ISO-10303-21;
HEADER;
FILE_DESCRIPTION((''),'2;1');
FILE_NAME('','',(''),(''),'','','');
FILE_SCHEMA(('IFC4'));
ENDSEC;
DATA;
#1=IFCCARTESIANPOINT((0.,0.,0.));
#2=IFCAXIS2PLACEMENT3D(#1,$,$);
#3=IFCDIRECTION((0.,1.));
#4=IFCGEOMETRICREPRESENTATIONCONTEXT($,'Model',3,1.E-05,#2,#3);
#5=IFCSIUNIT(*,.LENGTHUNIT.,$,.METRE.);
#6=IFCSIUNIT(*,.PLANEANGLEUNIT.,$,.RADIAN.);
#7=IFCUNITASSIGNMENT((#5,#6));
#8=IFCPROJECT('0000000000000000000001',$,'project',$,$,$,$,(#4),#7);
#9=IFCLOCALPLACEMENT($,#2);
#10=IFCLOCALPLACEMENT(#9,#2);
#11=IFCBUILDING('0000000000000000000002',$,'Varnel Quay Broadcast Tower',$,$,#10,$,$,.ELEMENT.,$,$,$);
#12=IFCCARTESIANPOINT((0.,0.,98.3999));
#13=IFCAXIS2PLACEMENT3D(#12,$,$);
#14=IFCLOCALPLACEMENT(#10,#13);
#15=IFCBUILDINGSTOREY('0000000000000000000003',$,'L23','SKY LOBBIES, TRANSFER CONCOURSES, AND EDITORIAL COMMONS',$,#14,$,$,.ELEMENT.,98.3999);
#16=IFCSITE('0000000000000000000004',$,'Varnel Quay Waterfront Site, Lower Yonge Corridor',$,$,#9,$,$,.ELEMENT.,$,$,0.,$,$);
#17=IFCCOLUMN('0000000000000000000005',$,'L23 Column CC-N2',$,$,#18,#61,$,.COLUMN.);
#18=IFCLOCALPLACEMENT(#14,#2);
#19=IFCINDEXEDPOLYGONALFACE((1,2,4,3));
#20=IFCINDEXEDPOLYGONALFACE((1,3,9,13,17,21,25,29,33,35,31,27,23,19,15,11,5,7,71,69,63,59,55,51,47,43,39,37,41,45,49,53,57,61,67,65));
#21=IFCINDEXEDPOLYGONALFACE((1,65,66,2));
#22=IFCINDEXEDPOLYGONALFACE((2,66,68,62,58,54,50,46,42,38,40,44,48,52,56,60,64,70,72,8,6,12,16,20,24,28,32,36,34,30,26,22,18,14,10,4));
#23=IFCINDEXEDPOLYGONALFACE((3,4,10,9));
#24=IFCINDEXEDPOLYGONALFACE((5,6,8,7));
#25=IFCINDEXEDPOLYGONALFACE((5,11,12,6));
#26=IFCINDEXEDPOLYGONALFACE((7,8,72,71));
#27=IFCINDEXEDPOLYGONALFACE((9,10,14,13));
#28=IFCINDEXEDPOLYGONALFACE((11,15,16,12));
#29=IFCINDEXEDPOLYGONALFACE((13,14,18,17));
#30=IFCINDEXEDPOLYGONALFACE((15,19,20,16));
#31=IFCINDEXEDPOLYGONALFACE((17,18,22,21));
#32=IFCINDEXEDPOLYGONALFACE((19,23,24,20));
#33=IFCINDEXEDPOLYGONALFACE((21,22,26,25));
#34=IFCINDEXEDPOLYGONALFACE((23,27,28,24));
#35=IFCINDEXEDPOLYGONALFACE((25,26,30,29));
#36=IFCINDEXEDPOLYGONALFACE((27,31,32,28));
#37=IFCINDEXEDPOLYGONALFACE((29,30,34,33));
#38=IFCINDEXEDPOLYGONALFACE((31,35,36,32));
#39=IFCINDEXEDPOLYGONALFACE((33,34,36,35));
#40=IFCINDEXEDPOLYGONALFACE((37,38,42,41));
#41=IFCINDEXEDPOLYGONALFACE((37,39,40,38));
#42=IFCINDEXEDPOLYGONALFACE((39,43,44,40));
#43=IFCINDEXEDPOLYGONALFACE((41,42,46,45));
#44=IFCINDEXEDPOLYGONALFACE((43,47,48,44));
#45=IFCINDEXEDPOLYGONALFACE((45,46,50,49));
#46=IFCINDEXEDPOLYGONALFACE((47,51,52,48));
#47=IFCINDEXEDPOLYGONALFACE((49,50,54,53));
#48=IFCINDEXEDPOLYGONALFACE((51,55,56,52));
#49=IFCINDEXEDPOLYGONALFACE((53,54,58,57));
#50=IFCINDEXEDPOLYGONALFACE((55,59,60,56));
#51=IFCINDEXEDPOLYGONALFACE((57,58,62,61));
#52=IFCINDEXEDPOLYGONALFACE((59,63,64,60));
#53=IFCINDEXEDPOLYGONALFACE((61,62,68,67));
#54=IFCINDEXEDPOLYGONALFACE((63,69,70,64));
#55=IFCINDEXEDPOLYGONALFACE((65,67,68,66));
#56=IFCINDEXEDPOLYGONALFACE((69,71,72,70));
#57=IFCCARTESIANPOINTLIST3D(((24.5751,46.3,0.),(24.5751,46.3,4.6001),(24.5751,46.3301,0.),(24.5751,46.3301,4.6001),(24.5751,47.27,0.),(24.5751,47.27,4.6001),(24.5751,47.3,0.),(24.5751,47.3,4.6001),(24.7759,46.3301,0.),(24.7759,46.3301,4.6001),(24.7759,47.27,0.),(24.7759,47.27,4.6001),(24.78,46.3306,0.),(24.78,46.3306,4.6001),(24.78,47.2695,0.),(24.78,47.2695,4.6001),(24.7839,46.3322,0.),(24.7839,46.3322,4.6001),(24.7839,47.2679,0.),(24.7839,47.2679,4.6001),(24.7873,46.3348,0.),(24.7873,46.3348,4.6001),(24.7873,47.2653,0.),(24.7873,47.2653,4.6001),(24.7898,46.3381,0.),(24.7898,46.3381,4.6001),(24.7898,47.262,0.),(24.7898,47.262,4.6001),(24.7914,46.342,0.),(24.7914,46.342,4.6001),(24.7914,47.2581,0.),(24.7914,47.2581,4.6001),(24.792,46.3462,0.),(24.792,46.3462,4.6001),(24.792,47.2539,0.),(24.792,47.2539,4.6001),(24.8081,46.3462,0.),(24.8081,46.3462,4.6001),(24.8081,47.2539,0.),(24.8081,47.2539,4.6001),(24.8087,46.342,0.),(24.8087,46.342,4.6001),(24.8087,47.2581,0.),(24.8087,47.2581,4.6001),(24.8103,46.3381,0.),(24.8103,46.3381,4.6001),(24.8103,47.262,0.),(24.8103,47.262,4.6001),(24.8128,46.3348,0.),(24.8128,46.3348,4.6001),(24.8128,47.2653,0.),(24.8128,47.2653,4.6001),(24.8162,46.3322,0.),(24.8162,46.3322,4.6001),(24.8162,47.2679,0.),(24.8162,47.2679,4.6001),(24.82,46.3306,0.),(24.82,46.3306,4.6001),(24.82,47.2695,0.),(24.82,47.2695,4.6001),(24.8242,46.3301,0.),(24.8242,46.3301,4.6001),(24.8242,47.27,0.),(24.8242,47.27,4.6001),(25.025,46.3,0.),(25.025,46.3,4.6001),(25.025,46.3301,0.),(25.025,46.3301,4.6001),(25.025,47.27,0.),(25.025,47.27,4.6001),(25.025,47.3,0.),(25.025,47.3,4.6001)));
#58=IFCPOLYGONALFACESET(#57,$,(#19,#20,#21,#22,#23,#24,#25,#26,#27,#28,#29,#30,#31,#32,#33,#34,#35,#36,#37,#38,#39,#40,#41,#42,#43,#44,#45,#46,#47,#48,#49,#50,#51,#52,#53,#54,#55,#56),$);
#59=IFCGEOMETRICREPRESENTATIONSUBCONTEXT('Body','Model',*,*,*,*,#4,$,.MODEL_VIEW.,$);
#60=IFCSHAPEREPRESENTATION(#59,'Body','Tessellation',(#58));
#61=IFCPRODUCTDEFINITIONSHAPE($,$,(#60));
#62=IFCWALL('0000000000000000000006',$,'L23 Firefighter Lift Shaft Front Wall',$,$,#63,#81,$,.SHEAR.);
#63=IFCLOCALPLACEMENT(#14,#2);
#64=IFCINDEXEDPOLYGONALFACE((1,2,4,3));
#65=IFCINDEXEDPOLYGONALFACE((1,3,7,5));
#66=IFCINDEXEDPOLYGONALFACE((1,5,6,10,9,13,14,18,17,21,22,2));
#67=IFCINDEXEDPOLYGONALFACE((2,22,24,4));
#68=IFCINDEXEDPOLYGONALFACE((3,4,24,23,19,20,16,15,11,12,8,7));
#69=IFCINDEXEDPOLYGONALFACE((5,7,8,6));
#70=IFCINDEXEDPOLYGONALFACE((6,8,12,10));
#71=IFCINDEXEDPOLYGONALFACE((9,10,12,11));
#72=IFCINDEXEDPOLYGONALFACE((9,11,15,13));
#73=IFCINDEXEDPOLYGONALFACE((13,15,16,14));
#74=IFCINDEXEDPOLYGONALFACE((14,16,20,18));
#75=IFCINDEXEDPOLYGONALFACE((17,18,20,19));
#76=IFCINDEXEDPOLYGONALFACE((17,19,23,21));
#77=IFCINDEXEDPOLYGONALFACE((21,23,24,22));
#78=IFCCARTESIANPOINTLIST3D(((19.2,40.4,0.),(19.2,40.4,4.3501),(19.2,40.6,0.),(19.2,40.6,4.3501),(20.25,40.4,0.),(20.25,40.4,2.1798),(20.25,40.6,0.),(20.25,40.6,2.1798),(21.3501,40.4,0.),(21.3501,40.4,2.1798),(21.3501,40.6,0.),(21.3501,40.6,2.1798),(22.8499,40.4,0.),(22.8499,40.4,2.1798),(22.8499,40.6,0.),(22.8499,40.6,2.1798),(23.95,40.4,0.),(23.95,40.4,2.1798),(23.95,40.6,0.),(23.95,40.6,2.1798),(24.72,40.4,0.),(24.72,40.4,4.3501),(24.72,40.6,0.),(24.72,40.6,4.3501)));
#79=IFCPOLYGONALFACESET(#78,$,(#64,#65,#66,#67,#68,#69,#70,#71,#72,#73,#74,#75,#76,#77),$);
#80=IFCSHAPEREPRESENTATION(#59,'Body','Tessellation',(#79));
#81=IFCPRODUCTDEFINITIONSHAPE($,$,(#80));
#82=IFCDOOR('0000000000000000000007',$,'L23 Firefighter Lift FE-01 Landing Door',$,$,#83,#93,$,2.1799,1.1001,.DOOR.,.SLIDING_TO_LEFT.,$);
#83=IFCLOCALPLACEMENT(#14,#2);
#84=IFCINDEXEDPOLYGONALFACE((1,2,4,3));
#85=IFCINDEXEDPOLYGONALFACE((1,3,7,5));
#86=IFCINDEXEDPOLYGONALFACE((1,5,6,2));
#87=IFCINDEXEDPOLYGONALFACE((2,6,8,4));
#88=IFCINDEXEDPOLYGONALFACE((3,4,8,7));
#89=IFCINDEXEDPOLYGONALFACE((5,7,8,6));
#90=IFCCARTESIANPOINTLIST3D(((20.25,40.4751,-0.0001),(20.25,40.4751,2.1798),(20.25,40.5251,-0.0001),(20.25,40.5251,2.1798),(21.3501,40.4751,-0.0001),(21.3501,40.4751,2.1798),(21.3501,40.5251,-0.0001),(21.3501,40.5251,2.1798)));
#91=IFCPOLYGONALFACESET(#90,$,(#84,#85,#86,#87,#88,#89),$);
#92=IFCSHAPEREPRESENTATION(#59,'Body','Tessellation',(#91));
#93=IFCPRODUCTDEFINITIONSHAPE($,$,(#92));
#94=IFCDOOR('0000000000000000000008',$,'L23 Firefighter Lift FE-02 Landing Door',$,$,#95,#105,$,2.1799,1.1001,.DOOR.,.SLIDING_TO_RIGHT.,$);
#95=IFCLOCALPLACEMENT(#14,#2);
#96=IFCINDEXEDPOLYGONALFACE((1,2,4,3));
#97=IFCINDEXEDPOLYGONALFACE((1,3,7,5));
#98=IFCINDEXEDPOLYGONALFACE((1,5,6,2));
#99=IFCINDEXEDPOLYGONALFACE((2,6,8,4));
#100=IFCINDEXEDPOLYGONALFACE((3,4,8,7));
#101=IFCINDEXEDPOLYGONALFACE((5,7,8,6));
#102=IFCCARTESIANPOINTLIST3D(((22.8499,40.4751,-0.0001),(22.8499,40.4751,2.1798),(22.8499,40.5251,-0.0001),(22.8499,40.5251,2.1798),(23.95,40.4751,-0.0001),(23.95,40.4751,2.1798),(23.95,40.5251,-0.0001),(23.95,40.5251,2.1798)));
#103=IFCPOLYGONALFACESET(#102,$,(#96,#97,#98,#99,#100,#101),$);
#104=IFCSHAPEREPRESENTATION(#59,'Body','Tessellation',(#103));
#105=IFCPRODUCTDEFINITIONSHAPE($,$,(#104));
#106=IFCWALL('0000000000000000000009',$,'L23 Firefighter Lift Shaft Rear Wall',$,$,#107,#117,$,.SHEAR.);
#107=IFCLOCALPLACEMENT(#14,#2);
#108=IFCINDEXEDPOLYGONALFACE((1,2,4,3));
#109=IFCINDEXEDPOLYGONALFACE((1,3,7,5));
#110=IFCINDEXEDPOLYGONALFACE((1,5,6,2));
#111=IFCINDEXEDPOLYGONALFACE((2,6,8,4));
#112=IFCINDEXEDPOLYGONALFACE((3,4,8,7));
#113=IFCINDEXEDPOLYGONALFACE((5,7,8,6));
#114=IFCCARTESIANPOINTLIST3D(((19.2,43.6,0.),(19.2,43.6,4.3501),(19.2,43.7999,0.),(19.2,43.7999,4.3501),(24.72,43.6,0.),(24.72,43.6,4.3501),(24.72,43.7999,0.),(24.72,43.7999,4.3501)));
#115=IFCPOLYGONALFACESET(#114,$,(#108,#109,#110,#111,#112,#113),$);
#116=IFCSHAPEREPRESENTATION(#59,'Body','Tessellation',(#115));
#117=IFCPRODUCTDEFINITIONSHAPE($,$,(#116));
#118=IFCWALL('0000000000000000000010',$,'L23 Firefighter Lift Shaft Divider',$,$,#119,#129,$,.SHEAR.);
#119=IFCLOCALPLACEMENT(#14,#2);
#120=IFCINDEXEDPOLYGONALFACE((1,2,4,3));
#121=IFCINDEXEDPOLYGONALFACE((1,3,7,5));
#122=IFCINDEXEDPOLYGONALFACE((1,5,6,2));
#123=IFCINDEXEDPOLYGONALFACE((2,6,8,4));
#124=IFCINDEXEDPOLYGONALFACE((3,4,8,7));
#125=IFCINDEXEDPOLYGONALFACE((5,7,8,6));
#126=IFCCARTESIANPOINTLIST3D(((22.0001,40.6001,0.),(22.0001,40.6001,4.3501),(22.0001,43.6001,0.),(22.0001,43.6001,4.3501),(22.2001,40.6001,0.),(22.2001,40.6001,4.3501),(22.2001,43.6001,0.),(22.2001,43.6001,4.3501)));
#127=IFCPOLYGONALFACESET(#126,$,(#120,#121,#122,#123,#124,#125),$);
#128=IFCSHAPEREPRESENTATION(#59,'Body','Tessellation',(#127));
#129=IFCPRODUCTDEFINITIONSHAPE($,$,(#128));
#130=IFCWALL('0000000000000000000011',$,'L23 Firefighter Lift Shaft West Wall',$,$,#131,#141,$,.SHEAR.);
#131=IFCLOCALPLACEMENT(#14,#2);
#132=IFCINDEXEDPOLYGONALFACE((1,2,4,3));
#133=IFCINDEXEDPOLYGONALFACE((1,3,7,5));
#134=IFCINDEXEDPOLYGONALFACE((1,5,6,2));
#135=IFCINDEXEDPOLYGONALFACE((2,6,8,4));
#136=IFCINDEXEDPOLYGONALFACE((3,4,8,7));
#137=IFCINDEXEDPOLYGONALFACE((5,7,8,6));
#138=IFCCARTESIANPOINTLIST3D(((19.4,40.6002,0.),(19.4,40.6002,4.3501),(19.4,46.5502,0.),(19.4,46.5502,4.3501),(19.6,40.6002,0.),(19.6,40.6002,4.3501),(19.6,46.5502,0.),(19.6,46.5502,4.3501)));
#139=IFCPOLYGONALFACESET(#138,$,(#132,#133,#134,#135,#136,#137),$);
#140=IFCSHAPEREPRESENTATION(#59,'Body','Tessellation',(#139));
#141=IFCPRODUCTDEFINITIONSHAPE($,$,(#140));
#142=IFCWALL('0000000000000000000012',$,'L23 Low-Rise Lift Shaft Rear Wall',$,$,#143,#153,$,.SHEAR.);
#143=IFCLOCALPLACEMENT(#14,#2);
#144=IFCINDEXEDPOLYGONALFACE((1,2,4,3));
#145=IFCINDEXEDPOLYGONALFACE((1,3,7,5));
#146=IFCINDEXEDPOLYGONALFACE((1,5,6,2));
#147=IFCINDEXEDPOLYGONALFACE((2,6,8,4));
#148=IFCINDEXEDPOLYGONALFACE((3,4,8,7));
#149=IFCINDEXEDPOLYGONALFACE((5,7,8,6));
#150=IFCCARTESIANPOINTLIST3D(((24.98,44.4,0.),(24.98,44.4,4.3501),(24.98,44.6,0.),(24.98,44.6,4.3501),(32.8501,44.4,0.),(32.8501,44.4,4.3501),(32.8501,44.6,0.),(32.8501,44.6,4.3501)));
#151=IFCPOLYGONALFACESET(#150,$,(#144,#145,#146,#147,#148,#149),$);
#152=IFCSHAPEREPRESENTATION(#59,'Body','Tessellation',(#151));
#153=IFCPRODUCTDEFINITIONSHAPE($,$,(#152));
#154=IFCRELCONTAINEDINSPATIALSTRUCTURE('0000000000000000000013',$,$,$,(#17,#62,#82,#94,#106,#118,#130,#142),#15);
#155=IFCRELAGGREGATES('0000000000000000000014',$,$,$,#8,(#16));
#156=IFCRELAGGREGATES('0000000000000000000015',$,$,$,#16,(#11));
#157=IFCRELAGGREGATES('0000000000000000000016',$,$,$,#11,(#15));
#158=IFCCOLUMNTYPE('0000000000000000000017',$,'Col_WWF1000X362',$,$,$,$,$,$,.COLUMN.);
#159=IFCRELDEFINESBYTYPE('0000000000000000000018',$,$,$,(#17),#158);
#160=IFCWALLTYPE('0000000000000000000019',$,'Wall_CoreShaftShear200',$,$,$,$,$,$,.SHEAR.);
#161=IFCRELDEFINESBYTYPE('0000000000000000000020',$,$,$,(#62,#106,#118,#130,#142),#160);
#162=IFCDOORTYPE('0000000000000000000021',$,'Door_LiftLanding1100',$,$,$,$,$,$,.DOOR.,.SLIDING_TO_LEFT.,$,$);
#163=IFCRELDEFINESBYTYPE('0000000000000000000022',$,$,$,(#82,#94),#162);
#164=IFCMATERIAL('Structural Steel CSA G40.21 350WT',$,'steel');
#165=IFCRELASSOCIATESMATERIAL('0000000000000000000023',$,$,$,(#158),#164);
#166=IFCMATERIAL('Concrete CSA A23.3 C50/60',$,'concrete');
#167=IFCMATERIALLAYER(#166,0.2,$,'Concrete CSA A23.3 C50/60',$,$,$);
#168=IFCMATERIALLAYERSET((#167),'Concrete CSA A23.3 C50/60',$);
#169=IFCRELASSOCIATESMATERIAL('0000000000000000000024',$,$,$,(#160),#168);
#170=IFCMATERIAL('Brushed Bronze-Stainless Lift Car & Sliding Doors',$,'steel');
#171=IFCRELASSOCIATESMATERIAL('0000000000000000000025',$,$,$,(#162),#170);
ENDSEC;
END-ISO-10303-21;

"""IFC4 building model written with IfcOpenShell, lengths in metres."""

from ifc_helpers import new_model, si_unit, direction, frame, frame_2d, origin, origin_2d, place, context, subcontext, project, spatial, rectangle, i_section, extrude, source, transform, mapped, material, layer, layer_set, material_profile, profile_set, type_object, type_shapes, element, fill, save


model = new_model("IFC4")

# Units and contexts
model_context = context("Model", 3, precision=1e-05, world=origin(), true_north=direction((0.0, 1.0)))
body_context = subcontext(model_context, "Body", "Model", "MODEL_VIEW")
ifc_project = project(units=[si_unit("LENGTHUNIT", "METRE"), si_unit("PLANEANGLEUNIT", "RADIAN")], contexts=[model_context])

# Site, building, storey
site_placement = place(None, origin())
site = spatial("IfcSite", under=ifc_project, at=site_placement, Name="Varnel Quay Waterfront Site, Lower Yonge Corridor", CompositionType="ELEMENT", RefElevation=0.0)
building_placement = place(site_placement, origin())
building = spatial("IfcBuilding", under=site, at=building_placement, Name="Varnel Quay Broadcast Tower", CompositionType="ELEMENT")
storey_placement = place(building_placement, frame((0.0, 0.0, 98.3999)))
storey = spatial("IfcBuildingStorey", under=building, at=storey_placement, Name="L23", Description="SKY LOBBIES, TRANSFER CONCOURSES, AND EDITORIAL COMMONS", CompositionType="ELEMENT", Elevation=98.3999)

# Column
ifc_material_1 = material(Name="Structural Steel CSA G40.21 350WT", Category="steel")
ifc_material_profile = material_profile(ifc_material_1, i_section(OverallWidth=0.45, OverallDepth=1.0, WebThickness=0.0161, FlangeThickness=0.03, FilletRadius=0.0161, at=origin_2d()), Name="WWF1000X362")
ifc_profile_set = profile_set([ifc_material_profile], Name="Structural Steel CSA G40.21 350WT")
column_type = type_object("IfcColumnType", Name="Col_WWF1000X362", PredefinedType="COLUMN", material=ifc_profile_set)
shared_shape_1 = source(origin(), body_context, "Body", "SweptSolid", [
    extrude(i_section(OverallWidth=0.45, OverallDepth=1.0, WebThickness=0.0161, FlangeThickness=0.03, FilletRadius=0.0161, at=origin_2d()), origin(), (0.0, 0.0, 1.0), 4.6001),
])
type_shapes(column_type, [shared_shape_1])
column_placement = place(storey_placement, frame((24.8, 46.8, 0.0), z_axis=(0.0, 0.0, 1.0), x_axis=(1.0, 0.0, 0.0)))
element("IfcColumn", 1, at=column_placement, inside=storey, type_object=column_type, Name="L23 Column CC-N2", PredefinedType="COLUMN", context=body_context, shape_type="MappedRepresentation", body=[
    mapped(shared_shape_1, transform((0.0, 0.0, 0.0), x_axis=(1.0, 0.0, 0.0), y_axis=(0.0, 1.0, 0.0), z_axis=(0.0, 0.0, 1.0), scale=1.0)),
])

# Wall, openings, doors
ifc_material_2 = material(Name="Concrete CSA A23.3 C50/60", Category="concrete")
ifc_layer_1 = layer(ifc_material_2, 0.2, Name="Concrete CSA A23.3 C50/60")
ifc_layer_set_1 = layer_set([ifc_layer_1], Name="Concrete CSA A23.3 C50/60")
wall_type_1 = type_object("IfcWallType", Name="Wall_CoreShaftShear200", PredefinedType="SHEAR", material=ifc_layer_set_1)
wall_1_placement = place(storey_placement, frame((19.2, 40.5, 0.0), z_axis=(0.0, 0.0, 1.0), x_axis=(1.0, 0.0, 0.0)))
wall_1 = element("IfcWall", 2, at=wall_1_placement, inside=storey, type_object=wall_type_1, Name="L23 Firefighter Lift Shaft Front Wall", PredefinedType="SHEAR", context=body_context, shape_type="SweptSolid", body=[
    extrude(rectangle(XDim=5.52, YDim=0.2, at=frame_2d((2.76, 0.0))), origin(), (0.0, 0.0, 1.0), 4.3501),
])
opening_1_placement = place(wall_1_placement, frame((1.05, 0.0, 0.0)))
opening_1 = element("IfcOpeningElement", 3, at=opening_1_placement, cuts=wall_1, PredefinedType="OPENING", context=body_context, shape_type="SweptSolid", body=[
    extrude(rectangle(XDim=1.1001, YDim=2.1799, at=frame_2d((0.55, 1.0898))), frame((0.0, 0.1099, 0.0), z_axis=(0.0, -1.0, 0.0), x_axis=(1.0, 0.0, 0.0)), (0.0, 0.0, 1.0), 0.22),
])
opening_2_placement = place(wall_1_placement, frame((3.6499, 0.0, 0.0)))
opening_2 = element("IfcOpeningElement", 4, at=opening_2_placement, cuts=wall_1, PredefinedType="OPENING", context=body_context, shape_type="SweptSolid", body=[
    extrude(rectangle(XDim=1.1001, YDim=2.1799, at=frame_2d((0.55, 1.0898))), frame((0.0, 0.1099, 0.0), z_axis=(0.0, -1.0, 0.0), x_axis=(1.0, 0.0, 0.0)), (0.0, 0.0, 1.0), 0.22),
])
ifc_material_3 = material(Name="Brushed Bronze-Stainless Lift Car & Sliding Doors", Category="steel")
door_type_1 = type_object("IfcDoorType", Name="Door_LiftLanding1100", OperationType="SLIDING_TO_LEFT", PredefinedType="DOOR", material=ifc_material_3)
shared_shape_2 = source(origin(), body_context, "Body", "SweptSolid", [
    extrude(rectangle(XDim=1.1001, YDim=2.1799, at=frame_2d((0.55, 1.0898))), frame((0.0, 0.0249, 0.0), z_axis=(0.0, -1.0, 0.0), x_axis=(1.0, 0.0, 0.0)), (0.0, 0.0, 1.0), 0.05),
])
type_shapes(door_type_1, [shared_shape_2])
door_1_placement = place(opening_1_placement, frame((1.1001, 0.0, 0.0), z_axis=(0.0, 0.0, 1.0), x_axis=(-1.0, 0.0, 0.0)))
door_1 = element("IfcDoor", 5, at=door_1_placement, inside=storey, type_object=door_type_1, Name="L23 Firefighter Lift FE-01 Landing Door", OperationType="SLIDING_TO_LEFT", OverallHeight=2.1799, OverallWidth=1.1001, PredefinedType="DOOR", context=body_context, shape_type="MappedRepresentation", body=[
    mapped(shared_shape_2, transform((0.0, 0.0, 0.0), x_axis=(1.0, 0.0, 0.0), y_axis=(0.0, 1.0, 0.0), z_axis=(0.0, 0.0, 1.0), scale=1.0)),
])
fill(opening_1, door_1)
door_2_placement = place(opening_2_placement, frame((1.1001, 0.0, 0.0), z_axis=(0.0, 0.0, 1.0), x_axis=(-1.0, 0.0, 0.0)))
door_2 = element("IfcDoor", 6, at=door_2_placement, inside=storey, type_object=door_type_1, Name="L23 Firefighter Lift FE-02 Landing Door", OperationType="SLIDING_TO_RIGHT", OverallHeight=2.1799, OverallWidth=1.1001, PredefinedType="DOOR", context=body_context, shape_type="MappedRepresentation", body=[
    mapped(shared_shape_2, transform((0.0, 0.0, 0.0), x_axis=(1.0, 0.0, 0.0), y_axis=(0.0, 1.0, 0.0), z_axis=(0.0, 0.0, 1.0), scale=1.0)),
])
fill(opening_2, door_2)

# Walls
wall_2_placement = place(storey_placement, frame((19.2, 43.7, 0.0), z_axis=(0.0, 0.0, 1.0), x_axis=(1.0, 0.0, 0.0)))
element("IfcWall", 7, at=wall_2_placement, inside=storey, type_object=wall_type_1, Name="L23 Firefighter Lift Shaft Rear Wall", PredefinedType="SHEAR", context=body_context, shape_type="SweptSolid", body=[
    extrude(rectangle(XDim=5.52, YDim=0.2, at=frame_2d((2.76, 0.0))), origin(), (0.0, 0.0, 1.0), 4.3501),
])
wall_3_placement = place(storey_placement, frame((22.1001, 40.6001, 0.0), z_axis=(0.0, 0.0, 1.0), x_axis=(0.0, 1.0, 0.0)))
element("IfcWall", 8, at=wall_3_placement, inside=storey, type_object=wall_type_1, Name="L23 Firefighter Lift Shaft Divider", PredefinedType="SHEAR", context=body_context, shape_type="SweptSolid", body=[
    extrude(rectangle(XDim=3.0, YDim=0.2, at=frame_2d((1.5, 0.0))), origin(), (0.0, 0.0, 1.0), 4.3501),
])
wall_4_placement = place(storey_placement, frame((19.5, 40.6001, 0.0), z_axis=(0.0, 0.0, 1.0), x_axis=(0.0, 1.0, 0.0)))
element("IfcWall", 9, at=wall_4_placement, inside=storey, type_object=wall_type_1, Name="L23 Firefighter Lift Shaft West Wall", PredefinedType="SHEAR", context=body_context, shape_type="SweptSolid", body=[
    extrude(rectangle(XDim=5.95, YDim=0.2, at=frame_2d((2.9751, 0.0))), origin(), (0.0, 0.0, 1.0), 4.3501),
])
wall_5_placement = place(storey_placement, frame((24.98, 44.5, 0.0), z_axis=(0.0, 0.0, 1.0), x_axis=(1.0, 0.0, 0.0)))
element("IfcWall", 10, at=wall_5_placement, inside=storey, type_object=wall_type_1, Name="L23 Low-Rise Lift Shaft Rear Wall", PredefinedType="SHEAR", context=body_context, shape_type="SweptSolid", body=[
    extrude(rectangle(XDim=7.8701, YDim=0.2, at=frame_2d((3.9351, 0.0))), origin(), (0.0, 0.0, 1.0), 4.3501),
])

save(model, "model.ifc")
